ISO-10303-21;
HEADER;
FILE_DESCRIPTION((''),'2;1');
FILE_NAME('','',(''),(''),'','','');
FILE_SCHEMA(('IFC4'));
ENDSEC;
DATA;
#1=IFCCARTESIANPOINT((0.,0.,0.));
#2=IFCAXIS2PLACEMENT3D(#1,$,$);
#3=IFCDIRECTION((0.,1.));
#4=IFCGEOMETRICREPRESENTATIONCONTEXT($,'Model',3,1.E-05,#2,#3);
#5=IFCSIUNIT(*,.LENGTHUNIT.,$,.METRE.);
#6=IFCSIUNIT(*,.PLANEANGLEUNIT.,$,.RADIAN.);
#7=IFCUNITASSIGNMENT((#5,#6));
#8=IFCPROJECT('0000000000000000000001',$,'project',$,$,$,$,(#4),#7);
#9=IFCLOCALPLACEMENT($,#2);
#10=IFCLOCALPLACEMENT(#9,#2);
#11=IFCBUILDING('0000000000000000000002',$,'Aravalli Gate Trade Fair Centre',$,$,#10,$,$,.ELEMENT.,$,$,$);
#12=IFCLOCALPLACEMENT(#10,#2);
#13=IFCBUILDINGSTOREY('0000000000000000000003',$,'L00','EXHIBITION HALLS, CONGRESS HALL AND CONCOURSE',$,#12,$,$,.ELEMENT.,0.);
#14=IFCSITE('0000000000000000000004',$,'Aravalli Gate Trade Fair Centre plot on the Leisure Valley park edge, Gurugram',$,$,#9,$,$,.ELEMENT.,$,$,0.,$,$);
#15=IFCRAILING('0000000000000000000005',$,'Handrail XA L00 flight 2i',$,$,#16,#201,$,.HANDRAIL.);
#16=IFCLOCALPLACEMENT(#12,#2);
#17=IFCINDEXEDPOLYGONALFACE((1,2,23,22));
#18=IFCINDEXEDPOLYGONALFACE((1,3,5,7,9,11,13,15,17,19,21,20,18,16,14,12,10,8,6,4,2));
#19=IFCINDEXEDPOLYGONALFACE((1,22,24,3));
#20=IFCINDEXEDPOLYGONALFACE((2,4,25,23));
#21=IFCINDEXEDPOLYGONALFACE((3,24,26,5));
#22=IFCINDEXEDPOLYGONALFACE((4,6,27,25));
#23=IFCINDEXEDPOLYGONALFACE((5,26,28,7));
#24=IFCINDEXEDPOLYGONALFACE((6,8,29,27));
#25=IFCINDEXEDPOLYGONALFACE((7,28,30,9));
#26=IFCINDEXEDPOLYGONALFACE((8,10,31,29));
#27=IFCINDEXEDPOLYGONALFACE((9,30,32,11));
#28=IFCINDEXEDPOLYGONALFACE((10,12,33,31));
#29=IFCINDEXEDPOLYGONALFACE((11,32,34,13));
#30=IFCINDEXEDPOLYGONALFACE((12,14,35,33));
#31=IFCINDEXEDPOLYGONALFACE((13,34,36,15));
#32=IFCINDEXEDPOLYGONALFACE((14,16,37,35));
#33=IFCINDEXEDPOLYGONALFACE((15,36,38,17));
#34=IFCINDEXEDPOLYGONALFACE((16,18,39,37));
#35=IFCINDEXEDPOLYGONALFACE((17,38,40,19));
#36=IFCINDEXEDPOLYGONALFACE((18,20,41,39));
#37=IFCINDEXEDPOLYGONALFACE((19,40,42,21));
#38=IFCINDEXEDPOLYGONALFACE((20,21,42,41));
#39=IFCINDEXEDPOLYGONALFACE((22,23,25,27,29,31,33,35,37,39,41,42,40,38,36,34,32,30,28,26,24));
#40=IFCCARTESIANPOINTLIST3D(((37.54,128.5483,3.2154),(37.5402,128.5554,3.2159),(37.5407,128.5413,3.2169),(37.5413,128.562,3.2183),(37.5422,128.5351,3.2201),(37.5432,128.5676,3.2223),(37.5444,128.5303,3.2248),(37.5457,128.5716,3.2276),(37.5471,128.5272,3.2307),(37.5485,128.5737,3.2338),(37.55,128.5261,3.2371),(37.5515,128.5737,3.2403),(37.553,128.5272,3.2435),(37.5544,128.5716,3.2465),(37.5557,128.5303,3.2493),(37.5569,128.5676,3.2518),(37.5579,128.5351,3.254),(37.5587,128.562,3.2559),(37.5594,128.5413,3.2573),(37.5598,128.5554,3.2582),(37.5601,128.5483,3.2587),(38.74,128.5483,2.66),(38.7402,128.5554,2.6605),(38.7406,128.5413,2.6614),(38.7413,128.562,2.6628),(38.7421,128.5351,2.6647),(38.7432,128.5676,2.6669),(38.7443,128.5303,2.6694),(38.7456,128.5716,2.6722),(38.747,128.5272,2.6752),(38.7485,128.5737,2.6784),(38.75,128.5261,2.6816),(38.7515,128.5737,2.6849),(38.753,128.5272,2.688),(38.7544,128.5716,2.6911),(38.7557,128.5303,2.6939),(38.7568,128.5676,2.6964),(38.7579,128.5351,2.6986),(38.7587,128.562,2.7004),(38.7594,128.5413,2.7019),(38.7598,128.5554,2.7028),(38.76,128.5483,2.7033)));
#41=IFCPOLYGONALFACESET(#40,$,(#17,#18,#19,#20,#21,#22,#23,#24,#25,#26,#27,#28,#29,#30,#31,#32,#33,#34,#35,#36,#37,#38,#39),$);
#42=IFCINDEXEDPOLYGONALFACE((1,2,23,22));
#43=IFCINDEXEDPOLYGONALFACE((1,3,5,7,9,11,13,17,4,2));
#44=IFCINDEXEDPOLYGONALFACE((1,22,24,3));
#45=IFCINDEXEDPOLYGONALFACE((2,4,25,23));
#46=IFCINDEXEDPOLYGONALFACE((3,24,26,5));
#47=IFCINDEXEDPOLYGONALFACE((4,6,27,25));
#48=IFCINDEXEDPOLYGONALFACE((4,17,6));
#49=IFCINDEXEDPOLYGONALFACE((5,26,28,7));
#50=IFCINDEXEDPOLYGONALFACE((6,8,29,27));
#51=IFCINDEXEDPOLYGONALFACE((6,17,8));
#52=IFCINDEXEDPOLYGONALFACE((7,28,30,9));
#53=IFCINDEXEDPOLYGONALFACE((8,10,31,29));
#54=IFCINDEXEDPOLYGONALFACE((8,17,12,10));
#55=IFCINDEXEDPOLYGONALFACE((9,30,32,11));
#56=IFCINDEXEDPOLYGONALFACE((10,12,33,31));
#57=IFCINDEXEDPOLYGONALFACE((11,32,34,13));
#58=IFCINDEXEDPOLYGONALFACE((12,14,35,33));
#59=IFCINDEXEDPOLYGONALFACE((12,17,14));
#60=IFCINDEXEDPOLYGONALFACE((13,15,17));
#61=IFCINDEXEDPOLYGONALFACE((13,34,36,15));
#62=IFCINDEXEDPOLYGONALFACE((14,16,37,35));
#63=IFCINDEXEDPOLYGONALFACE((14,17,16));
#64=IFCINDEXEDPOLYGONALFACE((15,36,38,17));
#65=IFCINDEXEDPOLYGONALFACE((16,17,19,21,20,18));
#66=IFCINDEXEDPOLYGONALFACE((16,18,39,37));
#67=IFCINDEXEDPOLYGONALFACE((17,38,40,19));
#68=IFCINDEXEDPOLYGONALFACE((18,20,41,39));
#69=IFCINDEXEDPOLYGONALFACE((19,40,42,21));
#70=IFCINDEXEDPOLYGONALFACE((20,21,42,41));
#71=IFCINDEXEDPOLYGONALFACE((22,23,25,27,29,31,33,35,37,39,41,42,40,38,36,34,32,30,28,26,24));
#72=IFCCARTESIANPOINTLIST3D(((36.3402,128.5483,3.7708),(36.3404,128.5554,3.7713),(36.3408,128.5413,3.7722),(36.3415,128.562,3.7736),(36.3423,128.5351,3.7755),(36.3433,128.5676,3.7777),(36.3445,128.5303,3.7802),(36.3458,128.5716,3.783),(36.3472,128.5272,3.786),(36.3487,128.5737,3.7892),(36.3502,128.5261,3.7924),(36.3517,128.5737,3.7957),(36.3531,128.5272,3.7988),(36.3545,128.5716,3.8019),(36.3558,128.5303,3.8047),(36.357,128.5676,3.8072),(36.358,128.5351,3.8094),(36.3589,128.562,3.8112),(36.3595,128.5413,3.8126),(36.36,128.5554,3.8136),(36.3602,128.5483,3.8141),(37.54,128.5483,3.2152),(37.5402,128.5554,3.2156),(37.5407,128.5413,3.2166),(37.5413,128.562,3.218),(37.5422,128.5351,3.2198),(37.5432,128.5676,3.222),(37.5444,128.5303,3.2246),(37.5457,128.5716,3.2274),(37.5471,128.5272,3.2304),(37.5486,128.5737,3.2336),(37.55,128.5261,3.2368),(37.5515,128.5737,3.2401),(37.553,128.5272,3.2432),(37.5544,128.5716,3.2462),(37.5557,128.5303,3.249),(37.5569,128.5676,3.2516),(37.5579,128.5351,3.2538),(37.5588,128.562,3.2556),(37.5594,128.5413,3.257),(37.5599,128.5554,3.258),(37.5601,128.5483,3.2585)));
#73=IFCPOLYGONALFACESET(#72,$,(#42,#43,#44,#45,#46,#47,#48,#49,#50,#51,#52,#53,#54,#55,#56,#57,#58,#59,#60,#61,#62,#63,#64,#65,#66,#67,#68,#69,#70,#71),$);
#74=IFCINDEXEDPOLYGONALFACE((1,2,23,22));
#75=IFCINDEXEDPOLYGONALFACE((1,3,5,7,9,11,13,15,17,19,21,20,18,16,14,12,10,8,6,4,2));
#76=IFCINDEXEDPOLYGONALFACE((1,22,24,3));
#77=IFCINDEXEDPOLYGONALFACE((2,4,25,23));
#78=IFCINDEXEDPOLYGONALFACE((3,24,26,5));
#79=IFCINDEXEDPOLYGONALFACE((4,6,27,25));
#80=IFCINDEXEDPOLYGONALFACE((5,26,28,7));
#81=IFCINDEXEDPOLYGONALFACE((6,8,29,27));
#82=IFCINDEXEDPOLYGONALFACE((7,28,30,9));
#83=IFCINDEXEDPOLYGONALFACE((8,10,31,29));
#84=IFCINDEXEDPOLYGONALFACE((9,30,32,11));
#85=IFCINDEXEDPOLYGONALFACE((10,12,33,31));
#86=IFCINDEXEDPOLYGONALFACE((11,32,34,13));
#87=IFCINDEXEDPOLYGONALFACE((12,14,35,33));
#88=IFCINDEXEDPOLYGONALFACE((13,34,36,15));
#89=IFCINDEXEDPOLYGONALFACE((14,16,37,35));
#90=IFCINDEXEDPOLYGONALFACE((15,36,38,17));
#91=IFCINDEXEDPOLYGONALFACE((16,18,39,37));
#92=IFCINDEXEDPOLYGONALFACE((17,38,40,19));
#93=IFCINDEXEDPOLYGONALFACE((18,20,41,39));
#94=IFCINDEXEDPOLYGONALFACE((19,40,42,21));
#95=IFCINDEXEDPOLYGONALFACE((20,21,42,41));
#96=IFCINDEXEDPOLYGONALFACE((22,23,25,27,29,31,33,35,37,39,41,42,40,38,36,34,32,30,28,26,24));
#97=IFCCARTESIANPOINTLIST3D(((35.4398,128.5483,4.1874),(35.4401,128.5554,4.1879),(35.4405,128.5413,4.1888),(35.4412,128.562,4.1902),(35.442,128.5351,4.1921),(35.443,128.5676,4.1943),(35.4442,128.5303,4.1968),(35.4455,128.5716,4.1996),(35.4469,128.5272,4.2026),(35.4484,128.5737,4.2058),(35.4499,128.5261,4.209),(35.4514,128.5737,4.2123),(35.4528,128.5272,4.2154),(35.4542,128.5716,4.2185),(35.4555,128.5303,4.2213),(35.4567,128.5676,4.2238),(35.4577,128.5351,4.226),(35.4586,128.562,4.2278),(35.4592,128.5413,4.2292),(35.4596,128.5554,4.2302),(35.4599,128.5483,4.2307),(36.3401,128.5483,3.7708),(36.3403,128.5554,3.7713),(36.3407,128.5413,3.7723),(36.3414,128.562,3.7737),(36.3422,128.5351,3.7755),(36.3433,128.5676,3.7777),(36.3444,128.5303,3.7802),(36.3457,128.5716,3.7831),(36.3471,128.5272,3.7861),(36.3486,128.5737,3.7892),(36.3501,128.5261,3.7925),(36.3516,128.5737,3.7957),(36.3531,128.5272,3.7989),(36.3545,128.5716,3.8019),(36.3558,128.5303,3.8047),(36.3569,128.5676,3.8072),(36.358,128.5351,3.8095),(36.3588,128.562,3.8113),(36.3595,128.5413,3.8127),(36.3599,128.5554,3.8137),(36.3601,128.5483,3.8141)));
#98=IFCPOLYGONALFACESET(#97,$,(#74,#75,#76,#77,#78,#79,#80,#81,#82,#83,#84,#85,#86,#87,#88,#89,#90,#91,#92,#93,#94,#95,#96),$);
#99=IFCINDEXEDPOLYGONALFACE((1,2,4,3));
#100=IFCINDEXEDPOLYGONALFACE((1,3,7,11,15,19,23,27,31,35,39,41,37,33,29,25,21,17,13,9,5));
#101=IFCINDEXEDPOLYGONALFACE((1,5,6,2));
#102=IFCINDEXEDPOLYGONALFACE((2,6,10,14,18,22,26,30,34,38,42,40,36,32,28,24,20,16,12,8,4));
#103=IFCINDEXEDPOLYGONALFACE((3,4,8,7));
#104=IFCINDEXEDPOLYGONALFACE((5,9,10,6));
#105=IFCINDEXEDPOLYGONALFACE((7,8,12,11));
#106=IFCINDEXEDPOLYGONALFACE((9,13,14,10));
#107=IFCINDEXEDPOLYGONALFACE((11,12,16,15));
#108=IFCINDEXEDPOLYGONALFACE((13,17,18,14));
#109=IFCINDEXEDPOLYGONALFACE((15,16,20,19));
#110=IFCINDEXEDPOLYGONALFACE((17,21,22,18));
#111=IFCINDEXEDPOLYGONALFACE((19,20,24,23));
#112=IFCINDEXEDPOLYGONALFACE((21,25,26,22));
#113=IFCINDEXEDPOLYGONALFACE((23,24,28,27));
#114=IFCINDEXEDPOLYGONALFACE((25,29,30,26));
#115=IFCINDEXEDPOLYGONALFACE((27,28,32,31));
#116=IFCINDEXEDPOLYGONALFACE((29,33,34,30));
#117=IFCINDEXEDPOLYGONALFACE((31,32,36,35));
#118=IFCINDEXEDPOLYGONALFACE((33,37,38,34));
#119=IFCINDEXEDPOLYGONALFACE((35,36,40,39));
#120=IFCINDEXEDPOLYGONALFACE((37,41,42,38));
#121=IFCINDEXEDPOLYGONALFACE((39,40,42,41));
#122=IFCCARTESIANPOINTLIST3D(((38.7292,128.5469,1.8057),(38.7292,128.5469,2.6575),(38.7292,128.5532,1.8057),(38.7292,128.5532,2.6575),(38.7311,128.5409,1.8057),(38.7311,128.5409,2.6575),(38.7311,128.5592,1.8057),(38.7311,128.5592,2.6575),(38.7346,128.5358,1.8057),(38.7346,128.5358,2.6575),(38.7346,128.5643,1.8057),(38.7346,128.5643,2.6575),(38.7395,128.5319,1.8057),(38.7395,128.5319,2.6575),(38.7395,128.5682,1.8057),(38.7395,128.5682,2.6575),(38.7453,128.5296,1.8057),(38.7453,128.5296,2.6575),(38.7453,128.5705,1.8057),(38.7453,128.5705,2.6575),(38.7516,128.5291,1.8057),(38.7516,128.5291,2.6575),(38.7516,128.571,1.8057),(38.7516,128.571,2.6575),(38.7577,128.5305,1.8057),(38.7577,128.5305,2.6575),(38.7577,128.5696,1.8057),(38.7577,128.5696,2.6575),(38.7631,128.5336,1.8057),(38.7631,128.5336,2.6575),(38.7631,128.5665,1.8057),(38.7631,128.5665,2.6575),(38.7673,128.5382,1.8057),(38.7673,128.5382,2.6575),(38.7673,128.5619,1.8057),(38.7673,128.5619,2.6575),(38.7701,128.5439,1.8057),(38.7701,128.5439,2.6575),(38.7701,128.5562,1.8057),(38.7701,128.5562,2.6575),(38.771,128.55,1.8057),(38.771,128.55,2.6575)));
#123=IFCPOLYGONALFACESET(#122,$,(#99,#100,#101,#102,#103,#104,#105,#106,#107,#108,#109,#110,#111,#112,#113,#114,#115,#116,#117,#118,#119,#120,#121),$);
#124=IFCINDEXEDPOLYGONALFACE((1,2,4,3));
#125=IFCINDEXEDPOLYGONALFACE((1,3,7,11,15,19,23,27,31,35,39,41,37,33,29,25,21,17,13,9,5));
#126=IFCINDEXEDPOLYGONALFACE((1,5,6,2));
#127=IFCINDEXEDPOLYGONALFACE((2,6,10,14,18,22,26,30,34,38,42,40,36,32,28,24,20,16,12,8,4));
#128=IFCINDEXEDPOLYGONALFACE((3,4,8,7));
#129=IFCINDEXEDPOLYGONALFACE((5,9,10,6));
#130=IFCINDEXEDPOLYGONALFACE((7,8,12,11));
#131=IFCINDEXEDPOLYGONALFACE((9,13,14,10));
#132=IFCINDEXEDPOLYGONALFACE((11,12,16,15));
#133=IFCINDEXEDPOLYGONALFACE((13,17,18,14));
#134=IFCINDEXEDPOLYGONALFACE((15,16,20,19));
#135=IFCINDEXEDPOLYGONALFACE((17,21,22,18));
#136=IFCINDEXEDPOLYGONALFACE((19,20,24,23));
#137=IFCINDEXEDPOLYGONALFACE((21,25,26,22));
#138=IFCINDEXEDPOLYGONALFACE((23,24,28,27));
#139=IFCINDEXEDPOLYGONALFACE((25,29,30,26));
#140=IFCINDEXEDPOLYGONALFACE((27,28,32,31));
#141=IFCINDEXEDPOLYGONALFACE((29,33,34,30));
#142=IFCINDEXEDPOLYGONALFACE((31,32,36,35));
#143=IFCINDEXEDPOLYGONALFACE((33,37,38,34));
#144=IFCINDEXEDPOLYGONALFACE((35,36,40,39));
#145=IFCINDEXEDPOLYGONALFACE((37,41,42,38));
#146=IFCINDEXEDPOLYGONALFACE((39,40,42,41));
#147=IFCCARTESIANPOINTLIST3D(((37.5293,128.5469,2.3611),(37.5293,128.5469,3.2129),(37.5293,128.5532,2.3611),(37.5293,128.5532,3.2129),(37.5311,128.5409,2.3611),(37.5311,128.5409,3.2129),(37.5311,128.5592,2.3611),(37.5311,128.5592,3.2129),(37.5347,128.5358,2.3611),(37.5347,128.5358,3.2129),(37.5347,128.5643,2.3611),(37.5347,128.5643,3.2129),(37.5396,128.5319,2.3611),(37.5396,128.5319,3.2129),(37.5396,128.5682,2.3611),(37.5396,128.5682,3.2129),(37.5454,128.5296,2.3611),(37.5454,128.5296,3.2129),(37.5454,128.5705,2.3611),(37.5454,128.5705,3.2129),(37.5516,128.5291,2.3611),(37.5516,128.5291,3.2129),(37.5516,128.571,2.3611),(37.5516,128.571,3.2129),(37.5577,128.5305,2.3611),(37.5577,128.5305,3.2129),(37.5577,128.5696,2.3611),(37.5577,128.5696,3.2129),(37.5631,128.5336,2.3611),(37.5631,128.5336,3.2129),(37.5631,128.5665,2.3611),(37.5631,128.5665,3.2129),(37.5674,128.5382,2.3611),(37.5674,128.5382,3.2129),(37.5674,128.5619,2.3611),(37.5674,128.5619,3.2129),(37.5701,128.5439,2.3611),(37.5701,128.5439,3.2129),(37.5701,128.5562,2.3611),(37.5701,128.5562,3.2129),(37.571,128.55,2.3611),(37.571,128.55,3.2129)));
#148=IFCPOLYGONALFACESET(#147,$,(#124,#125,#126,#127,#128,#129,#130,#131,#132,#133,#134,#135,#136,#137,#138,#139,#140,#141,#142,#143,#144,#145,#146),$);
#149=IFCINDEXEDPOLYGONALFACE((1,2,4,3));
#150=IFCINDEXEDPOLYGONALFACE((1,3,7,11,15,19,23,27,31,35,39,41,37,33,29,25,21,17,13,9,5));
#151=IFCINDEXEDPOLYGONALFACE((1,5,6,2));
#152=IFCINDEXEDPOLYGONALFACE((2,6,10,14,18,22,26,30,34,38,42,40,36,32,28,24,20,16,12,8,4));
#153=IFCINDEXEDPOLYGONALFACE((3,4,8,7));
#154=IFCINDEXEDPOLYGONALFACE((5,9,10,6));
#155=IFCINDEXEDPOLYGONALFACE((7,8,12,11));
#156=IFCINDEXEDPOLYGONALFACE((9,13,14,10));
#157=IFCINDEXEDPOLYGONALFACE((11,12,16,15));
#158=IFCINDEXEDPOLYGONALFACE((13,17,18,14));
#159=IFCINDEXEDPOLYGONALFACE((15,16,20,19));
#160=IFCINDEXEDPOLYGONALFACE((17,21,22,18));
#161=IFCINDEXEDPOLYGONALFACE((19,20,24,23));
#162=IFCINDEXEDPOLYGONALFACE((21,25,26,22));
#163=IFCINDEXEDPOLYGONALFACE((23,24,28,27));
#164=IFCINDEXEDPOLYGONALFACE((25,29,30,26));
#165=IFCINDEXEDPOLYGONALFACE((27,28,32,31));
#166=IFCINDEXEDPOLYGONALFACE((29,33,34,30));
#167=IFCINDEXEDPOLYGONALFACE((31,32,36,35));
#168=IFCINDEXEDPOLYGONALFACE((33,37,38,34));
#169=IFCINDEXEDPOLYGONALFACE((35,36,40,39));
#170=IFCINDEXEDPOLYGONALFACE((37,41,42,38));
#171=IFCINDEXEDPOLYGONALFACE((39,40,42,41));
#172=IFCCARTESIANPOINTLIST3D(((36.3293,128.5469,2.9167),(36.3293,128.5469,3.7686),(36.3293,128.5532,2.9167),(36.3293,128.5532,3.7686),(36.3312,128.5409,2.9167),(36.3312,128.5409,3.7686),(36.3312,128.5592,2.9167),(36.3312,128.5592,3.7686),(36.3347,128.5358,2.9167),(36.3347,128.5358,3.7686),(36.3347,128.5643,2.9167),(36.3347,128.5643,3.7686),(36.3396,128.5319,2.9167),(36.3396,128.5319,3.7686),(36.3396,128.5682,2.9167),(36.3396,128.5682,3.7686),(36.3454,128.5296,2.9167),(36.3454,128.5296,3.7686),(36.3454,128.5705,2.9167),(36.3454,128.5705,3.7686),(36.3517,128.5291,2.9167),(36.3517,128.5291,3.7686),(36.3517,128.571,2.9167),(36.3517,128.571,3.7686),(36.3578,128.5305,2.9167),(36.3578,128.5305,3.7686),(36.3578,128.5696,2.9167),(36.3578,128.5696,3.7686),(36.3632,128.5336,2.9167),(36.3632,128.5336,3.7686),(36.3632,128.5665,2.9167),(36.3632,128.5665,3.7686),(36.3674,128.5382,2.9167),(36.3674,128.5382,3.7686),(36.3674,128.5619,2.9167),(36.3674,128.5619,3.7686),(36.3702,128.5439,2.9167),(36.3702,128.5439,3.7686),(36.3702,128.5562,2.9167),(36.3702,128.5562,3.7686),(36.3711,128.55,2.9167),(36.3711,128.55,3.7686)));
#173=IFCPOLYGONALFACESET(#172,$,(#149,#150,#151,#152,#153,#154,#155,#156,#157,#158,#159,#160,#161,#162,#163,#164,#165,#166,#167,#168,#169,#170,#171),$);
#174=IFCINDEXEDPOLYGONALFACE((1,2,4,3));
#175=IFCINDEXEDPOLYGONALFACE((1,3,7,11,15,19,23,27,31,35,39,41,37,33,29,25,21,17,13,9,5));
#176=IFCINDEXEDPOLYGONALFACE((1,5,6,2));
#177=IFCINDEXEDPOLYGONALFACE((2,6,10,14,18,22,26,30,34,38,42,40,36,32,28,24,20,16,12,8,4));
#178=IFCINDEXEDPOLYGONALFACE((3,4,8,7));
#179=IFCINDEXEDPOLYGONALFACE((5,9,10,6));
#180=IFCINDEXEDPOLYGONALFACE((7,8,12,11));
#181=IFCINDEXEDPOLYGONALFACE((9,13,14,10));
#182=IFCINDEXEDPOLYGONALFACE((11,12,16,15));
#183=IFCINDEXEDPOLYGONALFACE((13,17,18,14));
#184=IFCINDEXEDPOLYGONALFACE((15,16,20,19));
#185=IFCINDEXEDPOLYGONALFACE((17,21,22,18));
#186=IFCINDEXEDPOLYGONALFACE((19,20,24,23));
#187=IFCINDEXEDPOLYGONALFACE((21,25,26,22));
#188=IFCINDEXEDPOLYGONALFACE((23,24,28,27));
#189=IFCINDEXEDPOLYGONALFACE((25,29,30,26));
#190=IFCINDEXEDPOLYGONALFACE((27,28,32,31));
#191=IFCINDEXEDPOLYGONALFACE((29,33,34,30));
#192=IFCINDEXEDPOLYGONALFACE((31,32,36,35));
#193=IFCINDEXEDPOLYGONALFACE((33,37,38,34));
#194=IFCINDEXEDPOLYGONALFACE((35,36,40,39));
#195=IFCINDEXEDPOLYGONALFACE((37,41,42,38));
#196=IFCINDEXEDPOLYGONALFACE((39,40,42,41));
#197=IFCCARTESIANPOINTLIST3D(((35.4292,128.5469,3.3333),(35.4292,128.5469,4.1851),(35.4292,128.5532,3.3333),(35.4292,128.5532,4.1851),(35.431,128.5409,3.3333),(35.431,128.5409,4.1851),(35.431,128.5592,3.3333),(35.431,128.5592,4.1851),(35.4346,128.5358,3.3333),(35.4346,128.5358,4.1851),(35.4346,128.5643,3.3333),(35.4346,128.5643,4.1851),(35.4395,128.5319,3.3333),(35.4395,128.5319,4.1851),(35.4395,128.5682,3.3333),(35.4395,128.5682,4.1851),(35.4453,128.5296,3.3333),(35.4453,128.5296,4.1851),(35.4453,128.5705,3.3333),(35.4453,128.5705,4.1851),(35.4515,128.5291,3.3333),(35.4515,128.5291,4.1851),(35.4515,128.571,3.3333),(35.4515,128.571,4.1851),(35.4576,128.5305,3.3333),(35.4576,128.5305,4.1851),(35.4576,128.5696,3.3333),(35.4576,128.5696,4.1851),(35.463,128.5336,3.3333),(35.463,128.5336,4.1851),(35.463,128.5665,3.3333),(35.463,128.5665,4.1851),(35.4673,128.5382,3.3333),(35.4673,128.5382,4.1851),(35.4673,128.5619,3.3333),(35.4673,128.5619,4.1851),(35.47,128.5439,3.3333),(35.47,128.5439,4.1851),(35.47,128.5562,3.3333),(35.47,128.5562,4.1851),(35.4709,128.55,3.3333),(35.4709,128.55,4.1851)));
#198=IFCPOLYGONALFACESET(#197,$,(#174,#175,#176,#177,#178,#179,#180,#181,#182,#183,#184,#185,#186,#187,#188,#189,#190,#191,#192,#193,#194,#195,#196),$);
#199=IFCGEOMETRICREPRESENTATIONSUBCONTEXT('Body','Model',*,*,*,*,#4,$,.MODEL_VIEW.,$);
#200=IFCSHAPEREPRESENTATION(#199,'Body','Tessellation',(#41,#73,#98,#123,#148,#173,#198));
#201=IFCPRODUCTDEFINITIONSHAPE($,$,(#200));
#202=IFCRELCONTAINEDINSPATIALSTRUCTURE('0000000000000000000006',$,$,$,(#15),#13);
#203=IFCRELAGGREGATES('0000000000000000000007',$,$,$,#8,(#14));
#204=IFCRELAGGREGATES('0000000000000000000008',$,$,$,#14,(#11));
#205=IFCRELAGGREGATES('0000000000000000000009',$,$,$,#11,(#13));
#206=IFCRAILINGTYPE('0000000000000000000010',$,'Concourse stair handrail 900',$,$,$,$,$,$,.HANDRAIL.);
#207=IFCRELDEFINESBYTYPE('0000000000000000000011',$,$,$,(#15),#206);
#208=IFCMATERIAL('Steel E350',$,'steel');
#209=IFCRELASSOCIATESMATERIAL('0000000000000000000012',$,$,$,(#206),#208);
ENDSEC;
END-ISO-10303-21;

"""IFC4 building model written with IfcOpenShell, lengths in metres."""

from ifc_helpers import new_model, si_unit, direction, frame, origin, origin_2d, place, context, subcontext, project, spatial, circle, extrude, material, type_object, element, save


model = new_model("IFC4")

# Units and contexts
model_context = context("Model", 3, precision=1e-05, world=origin(), true_north=direction((0.0, 1.0)))
body_context = subcontext(model_context, "Body", "Model", "MODEL_VIEW")
ifc_project = project(units=[si_unit("LENGTHUNIT", "METRE"), si_unit("PLANEANGLEUNIT", "RADIAN")], contexts=[model_context])

# Site, building, storey
site_placement = place(None, origin())
site = spatial("IfcSite", under=ifc_project, at=site_placement, Name="Aravalli Gate Trade Fair Centre plot on the Leisure Valley park edge, Gurugram", CompositionType="ELEMENT", RefElevation=0.0)
building_placement = place(site_placement, origin())
building = spatial("IfcBuilding", under=site, at=building_placement, Name="Aravalli Gate Trade Fair Centre", CompositionType="ELEMENT")
storey_placement = place(building_placement, origin())
storey = spatial("IfcBuildingStorey", under=building, at=storey_placement, Name="L00", Description="EXHIBITION HALLS, CONGRESS HALL AND CONCOURSE", CompositionType="ELEMENT", Elevation=0.0)

# Shared definitions
ifc_material_1 = material(Name="Steel E350", Category="steel")

# Railing
railing_type = type_object("IfcRailingType", Name="Concourse stair handrail 900", PredefinedType="HANDRAIL", material=ifc_material_1)
for number, where, name in (
    (1, (38.75, 128.55, 1.8057), "Handrail XA L00 flight 2i"),
):
    element("IfcRailing", number, at=place(storey_placement, frame(where)), inside=storey, type_object=railing_type, Name=name, PredefinedType="HANDRAIL", context=body_context, shape_type="SweptSolid", body=[
        extrude(circle(Radius=0.0239, at=origin_2d()), frame((0.0, 0.0, 0.876), z_axis=(-0.907499, 0.0, 0.420053), x_axis=(0.0, -1.0, 0.0)), (0.0, 0.0, 1.0), 1.3223),
        extrude(circle(Radius=0.0239, at=origin_2d()), frame((-1.2, 0.0, 1.4312), z_axis=(-0.907429, 0.0, 0.420205), x_axis=(0.0, -1.0, 0.0)), (0.0, 0.0, 1.0), 1.3223),
        extrude(circle(Radius=0.0239, at=origin_2d()), frame((-2.3999, 0.0, 1.9868), z_axis=(-0.907556, 0.0, 0.419932), x_axis=(0.0, -1.0, 0.0)), (0.0, 0.0, 1.0), 0.9919),
        extrude(circle(Radius=0.021, at=origin_2d()), origin(), (0.0, 0.0, 1.0), 0.8518),
        extrude(circle(Radius=0.021, at=origin_2d()), frame((-1.2, 0.0, 0.5554)), (0.0, 0.0, 1.0), 0.8518),
        extrude(circle(Radius=0.021, at=origin_2d()), frame((-2.3999, 0.0, 1.1111)), (0.0, 0.0, 1.0), 0.8518),
        extrude(circle(Radius=0.021, at=origin_2d()), frame((-3.3, 0.0, 1.5276)), (0.0, 0.0, 1.0), 0.8518),
    ])

save(model, "model.ifc")
